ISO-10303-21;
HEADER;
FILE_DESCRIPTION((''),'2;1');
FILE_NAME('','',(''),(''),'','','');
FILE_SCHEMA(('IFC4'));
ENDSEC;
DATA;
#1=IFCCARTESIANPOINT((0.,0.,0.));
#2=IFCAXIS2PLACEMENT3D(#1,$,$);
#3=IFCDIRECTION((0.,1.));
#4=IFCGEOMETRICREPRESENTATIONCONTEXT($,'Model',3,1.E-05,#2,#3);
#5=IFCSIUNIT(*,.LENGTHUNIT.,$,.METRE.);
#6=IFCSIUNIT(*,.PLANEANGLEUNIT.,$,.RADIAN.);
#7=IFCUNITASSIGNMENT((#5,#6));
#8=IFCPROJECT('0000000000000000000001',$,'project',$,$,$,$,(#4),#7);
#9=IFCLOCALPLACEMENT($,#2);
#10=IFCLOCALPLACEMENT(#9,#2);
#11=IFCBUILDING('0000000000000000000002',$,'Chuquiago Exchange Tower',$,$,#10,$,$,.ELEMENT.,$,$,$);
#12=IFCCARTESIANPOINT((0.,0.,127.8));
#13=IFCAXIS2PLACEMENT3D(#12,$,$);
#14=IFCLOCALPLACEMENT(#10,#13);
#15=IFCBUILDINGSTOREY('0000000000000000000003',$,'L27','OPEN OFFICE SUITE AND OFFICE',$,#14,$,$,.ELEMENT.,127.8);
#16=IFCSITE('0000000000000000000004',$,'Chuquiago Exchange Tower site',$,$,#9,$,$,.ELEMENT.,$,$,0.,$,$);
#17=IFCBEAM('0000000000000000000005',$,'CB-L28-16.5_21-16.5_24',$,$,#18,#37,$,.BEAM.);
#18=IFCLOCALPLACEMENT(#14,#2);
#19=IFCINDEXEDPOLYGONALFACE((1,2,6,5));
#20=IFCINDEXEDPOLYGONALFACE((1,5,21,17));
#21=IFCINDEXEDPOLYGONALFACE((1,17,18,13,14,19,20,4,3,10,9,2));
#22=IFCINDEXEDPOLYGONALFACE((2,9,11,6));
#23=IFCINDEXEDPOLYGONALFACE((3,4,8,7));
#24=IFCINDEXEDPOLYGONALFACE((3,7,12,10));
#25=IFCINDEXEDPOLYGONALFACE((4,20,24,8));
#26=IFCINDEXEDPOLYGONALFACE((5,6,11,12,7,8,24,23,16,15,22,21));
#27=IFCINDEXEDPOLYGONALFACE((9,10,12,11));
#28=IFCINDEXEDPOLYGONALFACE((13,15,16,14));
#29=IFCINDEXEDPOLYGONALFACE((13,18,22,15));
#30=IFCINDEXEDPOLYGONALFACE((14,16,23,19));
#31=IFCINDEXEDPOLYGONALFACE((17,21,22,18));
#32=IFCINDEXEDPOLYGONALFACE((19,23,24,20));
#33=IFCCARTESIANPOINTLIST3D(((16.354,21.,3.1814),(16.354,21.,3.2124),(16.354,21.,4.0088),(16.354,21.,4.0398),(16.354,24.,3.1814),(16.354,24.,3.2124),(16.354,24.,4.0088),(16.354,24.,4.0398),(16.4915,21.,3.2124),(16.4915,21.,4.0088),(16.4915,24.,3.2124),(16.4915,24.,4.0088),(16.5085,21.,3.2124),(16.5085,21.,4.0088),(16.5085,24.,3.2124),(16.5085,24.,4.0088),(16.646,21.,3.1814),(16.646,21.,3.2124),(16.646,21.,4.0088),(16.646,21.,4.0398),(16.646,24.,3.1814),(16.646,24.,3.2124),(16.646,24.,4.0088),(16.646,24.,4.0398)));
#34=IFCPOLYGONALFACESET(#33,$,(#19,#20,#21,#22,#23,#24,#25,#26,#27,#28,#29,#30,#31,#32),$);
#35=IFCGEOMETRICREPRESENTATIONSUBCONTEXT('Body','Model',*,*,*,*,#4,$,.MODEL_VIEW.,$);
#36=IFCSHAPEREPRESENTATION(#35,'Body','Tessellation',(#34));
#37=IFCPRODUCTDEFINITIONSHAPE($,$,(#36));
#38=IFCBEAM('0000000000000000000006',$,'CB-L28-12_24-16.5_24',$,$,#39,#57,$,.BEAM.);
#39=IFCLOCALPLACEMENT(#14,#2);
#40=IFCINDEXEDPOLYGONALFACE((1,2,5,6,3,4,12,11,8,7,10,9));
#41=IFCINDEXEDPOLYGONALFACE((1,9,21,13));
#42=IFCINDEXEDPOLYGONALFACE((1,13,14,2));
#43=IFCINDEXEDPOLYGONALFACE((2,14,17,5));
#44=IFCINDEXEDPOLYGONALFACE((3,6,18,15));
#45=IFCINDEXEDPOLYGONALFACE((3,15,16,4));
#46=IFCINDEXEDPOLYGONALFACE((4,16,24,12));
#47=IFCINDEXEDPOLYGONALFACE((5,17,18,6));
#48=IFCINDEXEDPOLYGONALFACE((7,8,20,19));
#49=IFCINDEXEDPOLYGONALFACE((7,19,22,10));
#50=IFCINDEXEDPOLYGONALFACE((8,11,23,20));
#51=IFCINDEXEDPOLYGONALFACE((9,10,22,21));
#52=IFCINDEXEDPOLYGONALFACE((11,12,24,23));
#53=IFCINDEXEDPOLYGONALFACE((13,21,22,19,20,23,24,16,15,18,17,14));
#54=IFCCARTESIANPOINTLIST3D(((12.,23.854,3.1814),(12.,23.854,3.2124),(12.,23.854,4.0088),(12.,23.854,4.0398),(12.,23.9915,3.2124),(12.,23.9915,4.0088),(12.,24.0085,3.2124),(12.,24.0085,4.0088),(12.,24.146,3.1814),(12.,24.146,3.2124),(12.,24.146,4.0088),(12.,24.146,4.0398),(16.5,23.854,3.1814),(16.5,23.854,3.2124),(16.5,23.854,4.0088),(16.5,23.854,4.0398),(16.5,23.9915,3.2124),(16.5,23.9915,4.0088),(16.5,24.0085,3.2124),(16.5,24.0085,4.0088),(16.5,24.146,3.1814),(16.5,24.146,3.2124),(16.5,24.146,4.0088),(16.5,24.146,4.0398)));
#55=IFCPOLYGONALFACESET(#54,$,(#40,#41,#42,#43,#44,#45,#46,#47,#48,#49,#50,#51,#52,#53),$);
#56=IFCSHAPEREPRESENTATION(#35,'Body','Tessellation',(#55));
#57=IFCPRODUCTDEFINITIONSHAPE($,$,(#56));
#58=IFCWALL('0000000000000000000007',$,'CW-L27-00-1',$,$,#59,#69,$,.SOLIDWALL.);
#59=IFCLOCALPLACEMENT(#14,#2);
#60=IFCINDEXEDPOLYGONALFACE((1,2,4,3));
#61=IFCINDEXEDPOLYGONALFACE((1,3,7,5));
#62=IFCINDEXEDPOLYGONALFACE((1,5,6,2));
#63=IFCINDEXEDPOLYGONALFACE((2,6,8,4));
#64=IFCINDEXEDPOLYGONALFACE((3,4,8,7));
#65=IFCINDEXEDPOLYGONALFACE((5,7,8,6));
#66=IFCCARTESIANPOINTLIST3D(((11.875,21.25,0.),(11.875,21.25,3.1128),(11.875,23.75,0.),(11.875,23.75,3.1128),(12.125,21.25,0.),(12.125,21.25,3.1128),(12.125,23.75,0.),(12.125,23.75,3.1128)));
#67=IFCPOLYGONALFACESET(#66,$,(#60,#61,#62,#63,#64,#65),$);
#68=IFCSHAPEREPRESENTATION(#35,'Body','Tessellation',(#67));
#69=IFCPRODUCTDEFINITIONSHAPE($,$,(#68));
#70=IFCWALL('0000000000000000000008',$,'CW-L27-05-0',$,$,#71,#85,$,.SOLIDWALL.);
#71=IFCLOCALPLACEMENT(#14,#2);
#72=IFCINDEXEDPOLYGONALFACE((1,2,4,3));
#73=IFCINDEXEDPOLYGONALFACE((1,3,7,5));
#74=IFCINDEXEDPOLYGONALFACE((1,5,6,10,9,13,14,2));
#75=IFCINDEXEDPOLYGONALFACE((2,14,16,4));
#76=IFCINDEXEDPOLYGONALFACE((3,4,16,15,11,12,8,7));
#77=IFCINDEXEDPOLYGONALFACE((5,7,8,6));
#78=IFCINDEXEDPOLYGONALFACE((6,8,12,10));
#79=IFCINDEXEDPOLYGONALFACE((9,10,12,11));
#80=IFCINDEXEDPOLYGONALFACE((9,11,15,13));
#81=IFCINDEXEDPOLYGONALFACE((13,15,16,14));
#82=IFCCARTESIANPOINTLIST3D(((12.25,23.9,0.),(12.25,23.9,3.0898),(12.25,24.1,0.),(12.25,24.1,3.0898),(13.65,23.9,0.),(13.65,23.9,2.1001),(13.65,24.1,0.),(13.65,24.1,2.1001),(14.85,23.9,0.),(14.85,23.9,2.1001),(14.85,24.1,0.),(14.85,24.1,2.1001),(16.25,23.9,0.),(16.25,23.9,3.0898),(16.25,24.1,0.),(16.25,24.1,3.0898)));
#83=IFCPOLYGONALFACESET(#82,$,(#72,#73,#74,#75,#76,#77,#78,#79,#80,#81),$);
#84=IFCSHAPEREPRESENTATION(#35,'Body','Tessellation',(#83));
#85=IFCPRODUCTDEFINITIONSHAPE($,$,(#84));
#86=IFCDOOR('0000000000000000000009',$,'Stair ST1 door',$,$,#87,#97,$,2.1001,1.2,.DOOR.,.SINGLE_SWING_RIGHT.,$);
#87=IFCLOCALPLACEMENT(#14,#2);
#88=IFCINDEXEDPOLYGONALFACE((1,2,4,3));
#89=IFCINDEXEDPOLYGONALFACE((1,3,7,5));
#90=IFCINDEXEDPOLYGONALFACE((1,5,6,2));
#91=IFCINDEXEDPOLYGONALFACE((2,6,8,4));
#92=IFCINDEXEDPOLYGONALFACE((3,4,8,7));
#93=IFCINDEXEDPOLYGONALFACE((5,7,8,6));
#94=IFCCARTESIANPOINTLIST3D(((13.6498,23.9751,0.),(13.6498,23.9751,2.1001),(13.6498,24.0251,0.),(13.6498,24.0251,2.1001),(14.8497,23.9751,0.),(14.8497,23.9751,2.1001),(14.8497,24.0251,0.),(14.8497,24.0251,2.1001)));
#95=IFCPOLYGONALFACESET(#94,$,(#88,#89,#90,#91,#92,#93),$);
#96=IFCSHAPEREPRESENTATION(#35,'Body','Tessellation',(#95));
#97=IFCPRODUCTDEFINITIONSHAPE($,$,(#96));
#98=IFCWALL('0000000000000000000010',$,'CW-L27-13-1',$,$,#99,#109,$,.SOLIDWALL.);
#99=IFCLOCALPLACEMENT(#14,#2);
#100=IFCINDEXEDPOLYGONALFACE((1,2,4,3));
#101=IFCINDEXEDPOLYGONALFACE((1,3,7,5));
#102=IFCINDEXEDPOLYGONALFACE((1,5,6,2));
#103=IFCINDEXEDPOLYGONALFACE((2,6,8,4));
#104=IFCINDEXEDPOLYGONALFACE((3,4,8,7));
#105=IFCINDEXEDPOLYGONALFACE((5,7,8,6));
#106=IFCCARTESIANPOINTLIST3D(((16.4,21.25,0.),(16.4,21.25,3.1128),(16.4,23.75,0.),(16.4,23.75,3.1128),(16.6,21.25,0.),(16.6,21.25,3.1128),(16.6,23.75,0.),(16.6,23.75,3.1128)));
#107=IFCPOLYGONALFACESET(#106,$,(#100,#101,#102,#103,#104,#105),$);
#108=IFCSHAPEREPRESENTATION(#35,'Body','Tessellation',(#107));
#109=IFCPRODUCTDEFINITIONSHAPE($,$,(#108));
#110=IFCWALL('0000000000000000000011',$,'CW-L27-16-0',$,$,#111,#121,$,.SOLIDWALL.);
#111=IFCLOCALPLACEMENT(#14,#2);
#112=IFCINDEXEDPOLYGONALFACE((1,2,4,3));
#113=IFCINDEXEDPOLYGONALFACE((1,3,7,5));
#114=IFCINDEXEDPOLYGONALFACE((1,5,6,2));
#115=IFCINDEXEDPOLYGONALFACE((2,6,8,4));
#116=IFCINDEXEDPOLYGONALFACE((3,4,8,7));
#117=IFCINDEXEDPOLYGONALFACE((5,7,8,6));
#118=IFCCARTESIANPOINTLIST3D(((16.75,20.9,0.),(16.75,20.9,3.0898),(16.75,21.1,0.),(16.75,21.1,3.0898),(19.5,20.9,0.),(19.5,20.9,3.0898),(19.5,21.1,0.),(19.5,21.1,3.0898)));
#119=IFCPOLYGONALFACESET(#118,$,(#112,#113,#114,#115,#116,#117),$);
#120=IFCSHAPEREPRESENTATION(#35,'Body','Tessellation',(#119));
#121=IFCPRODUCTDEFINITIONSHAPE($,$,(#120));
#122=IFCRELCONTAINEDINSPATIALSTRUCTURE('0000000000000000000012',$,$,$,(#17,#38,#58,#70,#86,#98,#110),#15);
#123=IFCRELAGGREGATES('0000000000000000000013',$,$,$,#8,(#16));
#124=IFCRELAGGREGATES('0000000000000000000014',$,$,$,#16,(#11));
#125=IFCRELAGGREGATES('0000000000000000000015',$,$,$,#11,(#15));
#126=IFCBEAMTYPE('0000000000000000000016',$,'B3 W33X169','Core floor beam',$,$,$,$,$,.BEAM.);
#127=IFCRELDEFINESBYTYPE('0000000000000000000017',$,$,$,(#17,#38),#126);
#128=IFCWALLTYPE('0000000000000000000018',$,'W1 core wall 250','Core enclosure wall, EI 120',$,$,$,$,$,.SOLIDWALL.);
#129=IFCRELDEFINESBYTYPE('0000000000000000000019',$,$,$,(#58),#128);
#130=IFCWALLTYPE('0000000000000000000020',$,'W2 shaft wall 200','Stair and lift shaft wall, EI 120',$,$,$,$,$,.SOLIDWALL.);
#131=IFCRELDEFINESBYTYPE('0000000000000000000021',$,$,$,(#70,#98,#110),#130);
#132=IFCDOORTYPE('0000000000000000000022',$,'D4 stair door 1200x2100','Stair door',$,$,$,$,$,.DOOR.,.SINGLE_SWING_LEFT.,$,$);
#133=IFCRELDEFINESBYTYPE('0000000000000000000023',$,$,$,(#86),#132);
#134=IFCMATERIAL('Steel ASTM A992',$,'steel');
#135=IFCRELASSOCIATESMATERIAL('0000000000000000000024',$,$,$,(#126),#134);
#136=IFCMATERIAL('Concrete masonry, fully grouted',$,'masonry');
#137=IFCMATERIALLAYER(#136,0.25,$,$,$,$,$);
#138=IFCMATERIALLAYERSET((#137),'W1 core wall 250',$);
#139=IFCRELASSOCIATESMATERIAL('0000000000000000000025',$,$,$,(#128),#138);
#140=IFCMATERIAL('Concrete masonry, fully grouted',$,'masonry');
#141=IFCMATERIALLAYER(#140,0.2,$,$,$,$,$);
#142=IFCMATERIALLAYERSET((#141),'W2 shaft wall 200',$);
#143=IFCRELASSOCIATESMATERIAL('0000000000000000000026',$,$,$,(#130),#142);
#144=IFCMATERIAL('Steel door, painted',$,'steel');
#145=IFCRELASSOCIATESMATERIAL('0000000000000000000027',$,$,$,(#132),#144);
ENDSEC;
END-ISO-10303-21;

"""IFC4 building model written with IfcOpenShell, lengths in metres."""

from ifc_helpers import new_model, si_unit, direction, frame, frame_2d, origin, origin_2d, place, context, subcontext, project, spatial, rectangle, i_section, extrude, material, layer, layer_set, material_profile, profile_set, type_object, element, fill, save


model = new_model("IFC4")

# Units and contexts
model_context = context("Model", 3, precision=1e-05, world=origin(), true_north=direction((0.0, 1.0)))
body_context = subcontext(model_context, "Body", "Model", "MODEL_VIEW")
ifc_project = project(units=[si_unit("LENGTHUNIT", "METRE"), si_unit("PLANEANGLEUNIT", "RADIAN")], contexts=[model_context])

# Site, building, storey
site_placement = place(None, origin())
site = spatial("IfcSite", under=ifc_project, at=site_placement, Name="Chuquiago Exchange Tower site", CompositionType="ELEMENT", RefElevation=0.0)
building_placement = place(site_placement, origin())
building = spatial("IfcBuilding", under=site, at=building_placement, Name="Chuquiago Exchange Tower", CompositionType="ELEMENT")
storey_placement = place(building_placement, frame((0.0, 0.0, 127.8)))
storey = spatial("IfcBuildingStorey", under=building, at=storey_placement, Name="L27", Description="OPEN OFFICE SUITE AND OFFICE", CompositionType="ELEMENT", Elevation=127.8)

# Beams
ifc_material_1 = material(Name="Steel ASTM A992", Category="steel")
ifc_material_profile_1 = material_profile(ifc_material_1, i_section(OverallWidth=0.292, OverallDepth=0.8584, WebThickness=0.0171, FlangeThickness=0.031, at=origin_2d()), Name="W33X169")
ifc_profile_set_1 = profile_set([ifc_material_profile_1], Name="Steel ASTM A992")
beam_type_1 = type_object("IfcBeamType", Name="B3 W33X169", Description="Core floor beam", PredefinedType="BEAM", material=ifc_profile_set_1)
for number, where, z_axis, x_axis, name in (
    (1, (16.5, 21.0, 3.6106), (0.0, 1.0, 0.0), (-1.0, 0.0, 0.0), "CB-L28-16.5_21-16.5_24"),
):
    element("IfcBeam", number, at=place(storey_placement, frame(where, z_axis=z_axis, x_axis=x_axis)), inside=storey, type_object=beam_type_1, Name=name, PredefinedType="BEAM", context=body_context, shape_type="SweptSolid", body=[
        extrude(i_section(OverallWidth=0.292, OverallDepth=0.8584, WebThickness=0.0171, FlangeThickness=0.031, at=origin_2d()), origin(), (0.0, 0.0, 1.0), 3.0),
    ])
beam_1_placement = place(storey_placement, frame((12.0, 24.0, 3.6106), z_axis=(1.0, 0.0, 0.0), x_axis=(0.0, 1.0, 0.0)))
element("IfcBeam", 2, at=beam_1_placement, inside=storey, type_object=beam_type_1, Name="CB-L28-12_24-16.5_24", PredefinedType="BEAM", context=body_context, shape_type="SweptSolid", body=[
    extrude(i_section(OverallWidth=0.292, OverallDepth=0.8584, WebThickness=0.0171, FlangeThickness=0.031, at=origin_2d()), origin(), (0.0, 0.0, 1.0), 4.5),
])

# Wall
ifc_material_2 = material(Name="Concrete masonry, fully grouted", Category="masonry")
ifc_layer_1 = layer(ifc_material_2, 0.25)
ifc_layer_set_1 = layer_set([ifc_layer_1], Name="W1 core wall 250")
wall_type_1 = type_object("IfcWallType", Name="W1 core wall 250", Description="Core enclosure wall, EI 120", PredefinedType="SOLIDWALL", material=ifc_layer_set_1)
wall_1_placement = place(storey_placement, frame((12.0, 21.25, 0.0), z_axis=(0.0, 0.0, 1.0), x_axis=(0.0, 1.0, 0.0)))
element("IfcWall", 3, at=wall_1_placement, inside=storey, type_object=wall_type_1, Name="CW-L27-00-1", PredefinedType="SOLIDWALL", context=body_context, shape_type="SweptSolid", body=[
    extrude(rectangle(XDim=2.5, YDim=0.25, at=frame_2d((1.25, 0.0))), origin(), (0.0, 0.0, 1.0), 3.1128),
])

# Wall, opening, door
ifc_material_3 = material(Name="Concrete masonry, fully grouted", Category="masonry")
ifc_layer_2 = layer(ifc_material_3, 0.2)
ifc_layer_set_2 = layer_set([ifc_layer_2], Name="W2 shaft wall 200")
wall_type_2 = type_object("IfcWallType", Name="W2 shaft wall 200", Description="Stair and lift shaft wall, EI 120", PredefinedType="SOLIDWALL", material=ifc_layer_set_2)
wall_2_placement = place(storey_placement, frame((12.25, 24.0, 0.0), z_axis=(0.0, 0.0, 1.0), x_axis=(1.0, 0.0, 0.0)))
wall_2 = element("IfcWall", 4, at=wall_2_placement, inside=storey, type_object=wall_type_2, Name="CW-L27-05-0", PredefinedType="SOLIDWALL", context=body_context, shape_type="SweptSolid", body=[
    extrude(rectangle(XDim=4.0, YDim=0.2, at=frame_2d((2.0, 0.0))), origin(), (0.0, 0.0, 1.0), 3.0898),
])
opening_placement = place(wall_2_placement, frame((1.3999, 0.0, 0.0)))
opening = element("IfcOpeningElement", 5, at=opening_placement, cuts=wall_2, PredefinedType="OPENING", context=body_context, shape_type="SweptSolid", body=[
    extrude(rectangle(XDim=1.2, YDim=2.1001, at=frame_2d((0.6001, 1.05))), frame((0.0, 0.1099, 0.0), z_axis=(0.0, -1.0, 0.0), x_axis=(1.0, 0.0, 0.0)), (0.0, 0.0, 1.0), 0.22),
])
ifc_material_4 = material(Name="Steel door, painted", Category="steel")
door_type = type_object("IfcDoorType", Name="D4 stair door 1200x2100", Description="Stair door", OperationType="SINGLE_SWING_LEFT", PredefinedType="DOOR", material=ifc_material_4)
door_placement = place(opening_placement, frame((1.2, 0.0, 0.0), z_axis=(0.0, 0.0, 1.0), x_axis=(-1.0, 0.0, 0.0)))
door = element("IfcDoor", 6, at=door_placement, inside=storey, type_object=door_type, Name="Stair ST1 door", OperationType="SINGLE_SWING_RIGHT", OverallHeight=2.1001, OverallWidth=1.2, PredefinedType="DOOR", context=body_context, shape_type="SweptSolid", body=[
    extrude(rectangle(XDim=1.2, YDim=2.1001, at=frame_2d((0.6001, 1.05))), frame((0.0, 0.0249, 0.0), z_axis=(0.0, -1.0, 0.0), x_axis=(1.0, 0.0, 0.0)), (0.0, 0.0, 1.0), 0.05),
])
fill(opening, door)

# Walls
wall_3_placement = place(storey_placement, frame((16.5, 21.25, 0.0), z_axis=(0.0, 0.0, 1.0), x_axis=(0.0, 1.0, 0.0)))
element("IfcWall", 7, at=wall_3_placement, inside=storey, type_object=wall_type_2, Name="CW-L27-13-1", PredefinedType="SOLIDWALL", context=body_context, shape_type="SweptSolid", body=[
    extrude(rectangle(XDim=2.5, YDim=0.2, at=frame_2d((1.25, 0.0))), origin(), (0.0, 0.0, 1.0), 3.1128),
])
wall_4_placement = place(storey_placement, frame((16.75, 21.0, 0.0), z_axis=(0.0, 0.0, 1.0), x_axis=(1.0, 0.0, 0.0)))
element("IfcWall", 8, at=wall_4_placement, inside=storey, type_object=wall_type_2, Name="CW-L27-16-0", PredefinedType="SOLIDWALL", context=body_context, shape_type="SweptSolid", body=[
    extrude(rectangle(XDim=2.75, YDim=0.2, at=frame_2d((1.375, 0.0))), origin(), (0.0, 0.0, 1.0), 3.0898),
])

save(model, "model.ifc")
